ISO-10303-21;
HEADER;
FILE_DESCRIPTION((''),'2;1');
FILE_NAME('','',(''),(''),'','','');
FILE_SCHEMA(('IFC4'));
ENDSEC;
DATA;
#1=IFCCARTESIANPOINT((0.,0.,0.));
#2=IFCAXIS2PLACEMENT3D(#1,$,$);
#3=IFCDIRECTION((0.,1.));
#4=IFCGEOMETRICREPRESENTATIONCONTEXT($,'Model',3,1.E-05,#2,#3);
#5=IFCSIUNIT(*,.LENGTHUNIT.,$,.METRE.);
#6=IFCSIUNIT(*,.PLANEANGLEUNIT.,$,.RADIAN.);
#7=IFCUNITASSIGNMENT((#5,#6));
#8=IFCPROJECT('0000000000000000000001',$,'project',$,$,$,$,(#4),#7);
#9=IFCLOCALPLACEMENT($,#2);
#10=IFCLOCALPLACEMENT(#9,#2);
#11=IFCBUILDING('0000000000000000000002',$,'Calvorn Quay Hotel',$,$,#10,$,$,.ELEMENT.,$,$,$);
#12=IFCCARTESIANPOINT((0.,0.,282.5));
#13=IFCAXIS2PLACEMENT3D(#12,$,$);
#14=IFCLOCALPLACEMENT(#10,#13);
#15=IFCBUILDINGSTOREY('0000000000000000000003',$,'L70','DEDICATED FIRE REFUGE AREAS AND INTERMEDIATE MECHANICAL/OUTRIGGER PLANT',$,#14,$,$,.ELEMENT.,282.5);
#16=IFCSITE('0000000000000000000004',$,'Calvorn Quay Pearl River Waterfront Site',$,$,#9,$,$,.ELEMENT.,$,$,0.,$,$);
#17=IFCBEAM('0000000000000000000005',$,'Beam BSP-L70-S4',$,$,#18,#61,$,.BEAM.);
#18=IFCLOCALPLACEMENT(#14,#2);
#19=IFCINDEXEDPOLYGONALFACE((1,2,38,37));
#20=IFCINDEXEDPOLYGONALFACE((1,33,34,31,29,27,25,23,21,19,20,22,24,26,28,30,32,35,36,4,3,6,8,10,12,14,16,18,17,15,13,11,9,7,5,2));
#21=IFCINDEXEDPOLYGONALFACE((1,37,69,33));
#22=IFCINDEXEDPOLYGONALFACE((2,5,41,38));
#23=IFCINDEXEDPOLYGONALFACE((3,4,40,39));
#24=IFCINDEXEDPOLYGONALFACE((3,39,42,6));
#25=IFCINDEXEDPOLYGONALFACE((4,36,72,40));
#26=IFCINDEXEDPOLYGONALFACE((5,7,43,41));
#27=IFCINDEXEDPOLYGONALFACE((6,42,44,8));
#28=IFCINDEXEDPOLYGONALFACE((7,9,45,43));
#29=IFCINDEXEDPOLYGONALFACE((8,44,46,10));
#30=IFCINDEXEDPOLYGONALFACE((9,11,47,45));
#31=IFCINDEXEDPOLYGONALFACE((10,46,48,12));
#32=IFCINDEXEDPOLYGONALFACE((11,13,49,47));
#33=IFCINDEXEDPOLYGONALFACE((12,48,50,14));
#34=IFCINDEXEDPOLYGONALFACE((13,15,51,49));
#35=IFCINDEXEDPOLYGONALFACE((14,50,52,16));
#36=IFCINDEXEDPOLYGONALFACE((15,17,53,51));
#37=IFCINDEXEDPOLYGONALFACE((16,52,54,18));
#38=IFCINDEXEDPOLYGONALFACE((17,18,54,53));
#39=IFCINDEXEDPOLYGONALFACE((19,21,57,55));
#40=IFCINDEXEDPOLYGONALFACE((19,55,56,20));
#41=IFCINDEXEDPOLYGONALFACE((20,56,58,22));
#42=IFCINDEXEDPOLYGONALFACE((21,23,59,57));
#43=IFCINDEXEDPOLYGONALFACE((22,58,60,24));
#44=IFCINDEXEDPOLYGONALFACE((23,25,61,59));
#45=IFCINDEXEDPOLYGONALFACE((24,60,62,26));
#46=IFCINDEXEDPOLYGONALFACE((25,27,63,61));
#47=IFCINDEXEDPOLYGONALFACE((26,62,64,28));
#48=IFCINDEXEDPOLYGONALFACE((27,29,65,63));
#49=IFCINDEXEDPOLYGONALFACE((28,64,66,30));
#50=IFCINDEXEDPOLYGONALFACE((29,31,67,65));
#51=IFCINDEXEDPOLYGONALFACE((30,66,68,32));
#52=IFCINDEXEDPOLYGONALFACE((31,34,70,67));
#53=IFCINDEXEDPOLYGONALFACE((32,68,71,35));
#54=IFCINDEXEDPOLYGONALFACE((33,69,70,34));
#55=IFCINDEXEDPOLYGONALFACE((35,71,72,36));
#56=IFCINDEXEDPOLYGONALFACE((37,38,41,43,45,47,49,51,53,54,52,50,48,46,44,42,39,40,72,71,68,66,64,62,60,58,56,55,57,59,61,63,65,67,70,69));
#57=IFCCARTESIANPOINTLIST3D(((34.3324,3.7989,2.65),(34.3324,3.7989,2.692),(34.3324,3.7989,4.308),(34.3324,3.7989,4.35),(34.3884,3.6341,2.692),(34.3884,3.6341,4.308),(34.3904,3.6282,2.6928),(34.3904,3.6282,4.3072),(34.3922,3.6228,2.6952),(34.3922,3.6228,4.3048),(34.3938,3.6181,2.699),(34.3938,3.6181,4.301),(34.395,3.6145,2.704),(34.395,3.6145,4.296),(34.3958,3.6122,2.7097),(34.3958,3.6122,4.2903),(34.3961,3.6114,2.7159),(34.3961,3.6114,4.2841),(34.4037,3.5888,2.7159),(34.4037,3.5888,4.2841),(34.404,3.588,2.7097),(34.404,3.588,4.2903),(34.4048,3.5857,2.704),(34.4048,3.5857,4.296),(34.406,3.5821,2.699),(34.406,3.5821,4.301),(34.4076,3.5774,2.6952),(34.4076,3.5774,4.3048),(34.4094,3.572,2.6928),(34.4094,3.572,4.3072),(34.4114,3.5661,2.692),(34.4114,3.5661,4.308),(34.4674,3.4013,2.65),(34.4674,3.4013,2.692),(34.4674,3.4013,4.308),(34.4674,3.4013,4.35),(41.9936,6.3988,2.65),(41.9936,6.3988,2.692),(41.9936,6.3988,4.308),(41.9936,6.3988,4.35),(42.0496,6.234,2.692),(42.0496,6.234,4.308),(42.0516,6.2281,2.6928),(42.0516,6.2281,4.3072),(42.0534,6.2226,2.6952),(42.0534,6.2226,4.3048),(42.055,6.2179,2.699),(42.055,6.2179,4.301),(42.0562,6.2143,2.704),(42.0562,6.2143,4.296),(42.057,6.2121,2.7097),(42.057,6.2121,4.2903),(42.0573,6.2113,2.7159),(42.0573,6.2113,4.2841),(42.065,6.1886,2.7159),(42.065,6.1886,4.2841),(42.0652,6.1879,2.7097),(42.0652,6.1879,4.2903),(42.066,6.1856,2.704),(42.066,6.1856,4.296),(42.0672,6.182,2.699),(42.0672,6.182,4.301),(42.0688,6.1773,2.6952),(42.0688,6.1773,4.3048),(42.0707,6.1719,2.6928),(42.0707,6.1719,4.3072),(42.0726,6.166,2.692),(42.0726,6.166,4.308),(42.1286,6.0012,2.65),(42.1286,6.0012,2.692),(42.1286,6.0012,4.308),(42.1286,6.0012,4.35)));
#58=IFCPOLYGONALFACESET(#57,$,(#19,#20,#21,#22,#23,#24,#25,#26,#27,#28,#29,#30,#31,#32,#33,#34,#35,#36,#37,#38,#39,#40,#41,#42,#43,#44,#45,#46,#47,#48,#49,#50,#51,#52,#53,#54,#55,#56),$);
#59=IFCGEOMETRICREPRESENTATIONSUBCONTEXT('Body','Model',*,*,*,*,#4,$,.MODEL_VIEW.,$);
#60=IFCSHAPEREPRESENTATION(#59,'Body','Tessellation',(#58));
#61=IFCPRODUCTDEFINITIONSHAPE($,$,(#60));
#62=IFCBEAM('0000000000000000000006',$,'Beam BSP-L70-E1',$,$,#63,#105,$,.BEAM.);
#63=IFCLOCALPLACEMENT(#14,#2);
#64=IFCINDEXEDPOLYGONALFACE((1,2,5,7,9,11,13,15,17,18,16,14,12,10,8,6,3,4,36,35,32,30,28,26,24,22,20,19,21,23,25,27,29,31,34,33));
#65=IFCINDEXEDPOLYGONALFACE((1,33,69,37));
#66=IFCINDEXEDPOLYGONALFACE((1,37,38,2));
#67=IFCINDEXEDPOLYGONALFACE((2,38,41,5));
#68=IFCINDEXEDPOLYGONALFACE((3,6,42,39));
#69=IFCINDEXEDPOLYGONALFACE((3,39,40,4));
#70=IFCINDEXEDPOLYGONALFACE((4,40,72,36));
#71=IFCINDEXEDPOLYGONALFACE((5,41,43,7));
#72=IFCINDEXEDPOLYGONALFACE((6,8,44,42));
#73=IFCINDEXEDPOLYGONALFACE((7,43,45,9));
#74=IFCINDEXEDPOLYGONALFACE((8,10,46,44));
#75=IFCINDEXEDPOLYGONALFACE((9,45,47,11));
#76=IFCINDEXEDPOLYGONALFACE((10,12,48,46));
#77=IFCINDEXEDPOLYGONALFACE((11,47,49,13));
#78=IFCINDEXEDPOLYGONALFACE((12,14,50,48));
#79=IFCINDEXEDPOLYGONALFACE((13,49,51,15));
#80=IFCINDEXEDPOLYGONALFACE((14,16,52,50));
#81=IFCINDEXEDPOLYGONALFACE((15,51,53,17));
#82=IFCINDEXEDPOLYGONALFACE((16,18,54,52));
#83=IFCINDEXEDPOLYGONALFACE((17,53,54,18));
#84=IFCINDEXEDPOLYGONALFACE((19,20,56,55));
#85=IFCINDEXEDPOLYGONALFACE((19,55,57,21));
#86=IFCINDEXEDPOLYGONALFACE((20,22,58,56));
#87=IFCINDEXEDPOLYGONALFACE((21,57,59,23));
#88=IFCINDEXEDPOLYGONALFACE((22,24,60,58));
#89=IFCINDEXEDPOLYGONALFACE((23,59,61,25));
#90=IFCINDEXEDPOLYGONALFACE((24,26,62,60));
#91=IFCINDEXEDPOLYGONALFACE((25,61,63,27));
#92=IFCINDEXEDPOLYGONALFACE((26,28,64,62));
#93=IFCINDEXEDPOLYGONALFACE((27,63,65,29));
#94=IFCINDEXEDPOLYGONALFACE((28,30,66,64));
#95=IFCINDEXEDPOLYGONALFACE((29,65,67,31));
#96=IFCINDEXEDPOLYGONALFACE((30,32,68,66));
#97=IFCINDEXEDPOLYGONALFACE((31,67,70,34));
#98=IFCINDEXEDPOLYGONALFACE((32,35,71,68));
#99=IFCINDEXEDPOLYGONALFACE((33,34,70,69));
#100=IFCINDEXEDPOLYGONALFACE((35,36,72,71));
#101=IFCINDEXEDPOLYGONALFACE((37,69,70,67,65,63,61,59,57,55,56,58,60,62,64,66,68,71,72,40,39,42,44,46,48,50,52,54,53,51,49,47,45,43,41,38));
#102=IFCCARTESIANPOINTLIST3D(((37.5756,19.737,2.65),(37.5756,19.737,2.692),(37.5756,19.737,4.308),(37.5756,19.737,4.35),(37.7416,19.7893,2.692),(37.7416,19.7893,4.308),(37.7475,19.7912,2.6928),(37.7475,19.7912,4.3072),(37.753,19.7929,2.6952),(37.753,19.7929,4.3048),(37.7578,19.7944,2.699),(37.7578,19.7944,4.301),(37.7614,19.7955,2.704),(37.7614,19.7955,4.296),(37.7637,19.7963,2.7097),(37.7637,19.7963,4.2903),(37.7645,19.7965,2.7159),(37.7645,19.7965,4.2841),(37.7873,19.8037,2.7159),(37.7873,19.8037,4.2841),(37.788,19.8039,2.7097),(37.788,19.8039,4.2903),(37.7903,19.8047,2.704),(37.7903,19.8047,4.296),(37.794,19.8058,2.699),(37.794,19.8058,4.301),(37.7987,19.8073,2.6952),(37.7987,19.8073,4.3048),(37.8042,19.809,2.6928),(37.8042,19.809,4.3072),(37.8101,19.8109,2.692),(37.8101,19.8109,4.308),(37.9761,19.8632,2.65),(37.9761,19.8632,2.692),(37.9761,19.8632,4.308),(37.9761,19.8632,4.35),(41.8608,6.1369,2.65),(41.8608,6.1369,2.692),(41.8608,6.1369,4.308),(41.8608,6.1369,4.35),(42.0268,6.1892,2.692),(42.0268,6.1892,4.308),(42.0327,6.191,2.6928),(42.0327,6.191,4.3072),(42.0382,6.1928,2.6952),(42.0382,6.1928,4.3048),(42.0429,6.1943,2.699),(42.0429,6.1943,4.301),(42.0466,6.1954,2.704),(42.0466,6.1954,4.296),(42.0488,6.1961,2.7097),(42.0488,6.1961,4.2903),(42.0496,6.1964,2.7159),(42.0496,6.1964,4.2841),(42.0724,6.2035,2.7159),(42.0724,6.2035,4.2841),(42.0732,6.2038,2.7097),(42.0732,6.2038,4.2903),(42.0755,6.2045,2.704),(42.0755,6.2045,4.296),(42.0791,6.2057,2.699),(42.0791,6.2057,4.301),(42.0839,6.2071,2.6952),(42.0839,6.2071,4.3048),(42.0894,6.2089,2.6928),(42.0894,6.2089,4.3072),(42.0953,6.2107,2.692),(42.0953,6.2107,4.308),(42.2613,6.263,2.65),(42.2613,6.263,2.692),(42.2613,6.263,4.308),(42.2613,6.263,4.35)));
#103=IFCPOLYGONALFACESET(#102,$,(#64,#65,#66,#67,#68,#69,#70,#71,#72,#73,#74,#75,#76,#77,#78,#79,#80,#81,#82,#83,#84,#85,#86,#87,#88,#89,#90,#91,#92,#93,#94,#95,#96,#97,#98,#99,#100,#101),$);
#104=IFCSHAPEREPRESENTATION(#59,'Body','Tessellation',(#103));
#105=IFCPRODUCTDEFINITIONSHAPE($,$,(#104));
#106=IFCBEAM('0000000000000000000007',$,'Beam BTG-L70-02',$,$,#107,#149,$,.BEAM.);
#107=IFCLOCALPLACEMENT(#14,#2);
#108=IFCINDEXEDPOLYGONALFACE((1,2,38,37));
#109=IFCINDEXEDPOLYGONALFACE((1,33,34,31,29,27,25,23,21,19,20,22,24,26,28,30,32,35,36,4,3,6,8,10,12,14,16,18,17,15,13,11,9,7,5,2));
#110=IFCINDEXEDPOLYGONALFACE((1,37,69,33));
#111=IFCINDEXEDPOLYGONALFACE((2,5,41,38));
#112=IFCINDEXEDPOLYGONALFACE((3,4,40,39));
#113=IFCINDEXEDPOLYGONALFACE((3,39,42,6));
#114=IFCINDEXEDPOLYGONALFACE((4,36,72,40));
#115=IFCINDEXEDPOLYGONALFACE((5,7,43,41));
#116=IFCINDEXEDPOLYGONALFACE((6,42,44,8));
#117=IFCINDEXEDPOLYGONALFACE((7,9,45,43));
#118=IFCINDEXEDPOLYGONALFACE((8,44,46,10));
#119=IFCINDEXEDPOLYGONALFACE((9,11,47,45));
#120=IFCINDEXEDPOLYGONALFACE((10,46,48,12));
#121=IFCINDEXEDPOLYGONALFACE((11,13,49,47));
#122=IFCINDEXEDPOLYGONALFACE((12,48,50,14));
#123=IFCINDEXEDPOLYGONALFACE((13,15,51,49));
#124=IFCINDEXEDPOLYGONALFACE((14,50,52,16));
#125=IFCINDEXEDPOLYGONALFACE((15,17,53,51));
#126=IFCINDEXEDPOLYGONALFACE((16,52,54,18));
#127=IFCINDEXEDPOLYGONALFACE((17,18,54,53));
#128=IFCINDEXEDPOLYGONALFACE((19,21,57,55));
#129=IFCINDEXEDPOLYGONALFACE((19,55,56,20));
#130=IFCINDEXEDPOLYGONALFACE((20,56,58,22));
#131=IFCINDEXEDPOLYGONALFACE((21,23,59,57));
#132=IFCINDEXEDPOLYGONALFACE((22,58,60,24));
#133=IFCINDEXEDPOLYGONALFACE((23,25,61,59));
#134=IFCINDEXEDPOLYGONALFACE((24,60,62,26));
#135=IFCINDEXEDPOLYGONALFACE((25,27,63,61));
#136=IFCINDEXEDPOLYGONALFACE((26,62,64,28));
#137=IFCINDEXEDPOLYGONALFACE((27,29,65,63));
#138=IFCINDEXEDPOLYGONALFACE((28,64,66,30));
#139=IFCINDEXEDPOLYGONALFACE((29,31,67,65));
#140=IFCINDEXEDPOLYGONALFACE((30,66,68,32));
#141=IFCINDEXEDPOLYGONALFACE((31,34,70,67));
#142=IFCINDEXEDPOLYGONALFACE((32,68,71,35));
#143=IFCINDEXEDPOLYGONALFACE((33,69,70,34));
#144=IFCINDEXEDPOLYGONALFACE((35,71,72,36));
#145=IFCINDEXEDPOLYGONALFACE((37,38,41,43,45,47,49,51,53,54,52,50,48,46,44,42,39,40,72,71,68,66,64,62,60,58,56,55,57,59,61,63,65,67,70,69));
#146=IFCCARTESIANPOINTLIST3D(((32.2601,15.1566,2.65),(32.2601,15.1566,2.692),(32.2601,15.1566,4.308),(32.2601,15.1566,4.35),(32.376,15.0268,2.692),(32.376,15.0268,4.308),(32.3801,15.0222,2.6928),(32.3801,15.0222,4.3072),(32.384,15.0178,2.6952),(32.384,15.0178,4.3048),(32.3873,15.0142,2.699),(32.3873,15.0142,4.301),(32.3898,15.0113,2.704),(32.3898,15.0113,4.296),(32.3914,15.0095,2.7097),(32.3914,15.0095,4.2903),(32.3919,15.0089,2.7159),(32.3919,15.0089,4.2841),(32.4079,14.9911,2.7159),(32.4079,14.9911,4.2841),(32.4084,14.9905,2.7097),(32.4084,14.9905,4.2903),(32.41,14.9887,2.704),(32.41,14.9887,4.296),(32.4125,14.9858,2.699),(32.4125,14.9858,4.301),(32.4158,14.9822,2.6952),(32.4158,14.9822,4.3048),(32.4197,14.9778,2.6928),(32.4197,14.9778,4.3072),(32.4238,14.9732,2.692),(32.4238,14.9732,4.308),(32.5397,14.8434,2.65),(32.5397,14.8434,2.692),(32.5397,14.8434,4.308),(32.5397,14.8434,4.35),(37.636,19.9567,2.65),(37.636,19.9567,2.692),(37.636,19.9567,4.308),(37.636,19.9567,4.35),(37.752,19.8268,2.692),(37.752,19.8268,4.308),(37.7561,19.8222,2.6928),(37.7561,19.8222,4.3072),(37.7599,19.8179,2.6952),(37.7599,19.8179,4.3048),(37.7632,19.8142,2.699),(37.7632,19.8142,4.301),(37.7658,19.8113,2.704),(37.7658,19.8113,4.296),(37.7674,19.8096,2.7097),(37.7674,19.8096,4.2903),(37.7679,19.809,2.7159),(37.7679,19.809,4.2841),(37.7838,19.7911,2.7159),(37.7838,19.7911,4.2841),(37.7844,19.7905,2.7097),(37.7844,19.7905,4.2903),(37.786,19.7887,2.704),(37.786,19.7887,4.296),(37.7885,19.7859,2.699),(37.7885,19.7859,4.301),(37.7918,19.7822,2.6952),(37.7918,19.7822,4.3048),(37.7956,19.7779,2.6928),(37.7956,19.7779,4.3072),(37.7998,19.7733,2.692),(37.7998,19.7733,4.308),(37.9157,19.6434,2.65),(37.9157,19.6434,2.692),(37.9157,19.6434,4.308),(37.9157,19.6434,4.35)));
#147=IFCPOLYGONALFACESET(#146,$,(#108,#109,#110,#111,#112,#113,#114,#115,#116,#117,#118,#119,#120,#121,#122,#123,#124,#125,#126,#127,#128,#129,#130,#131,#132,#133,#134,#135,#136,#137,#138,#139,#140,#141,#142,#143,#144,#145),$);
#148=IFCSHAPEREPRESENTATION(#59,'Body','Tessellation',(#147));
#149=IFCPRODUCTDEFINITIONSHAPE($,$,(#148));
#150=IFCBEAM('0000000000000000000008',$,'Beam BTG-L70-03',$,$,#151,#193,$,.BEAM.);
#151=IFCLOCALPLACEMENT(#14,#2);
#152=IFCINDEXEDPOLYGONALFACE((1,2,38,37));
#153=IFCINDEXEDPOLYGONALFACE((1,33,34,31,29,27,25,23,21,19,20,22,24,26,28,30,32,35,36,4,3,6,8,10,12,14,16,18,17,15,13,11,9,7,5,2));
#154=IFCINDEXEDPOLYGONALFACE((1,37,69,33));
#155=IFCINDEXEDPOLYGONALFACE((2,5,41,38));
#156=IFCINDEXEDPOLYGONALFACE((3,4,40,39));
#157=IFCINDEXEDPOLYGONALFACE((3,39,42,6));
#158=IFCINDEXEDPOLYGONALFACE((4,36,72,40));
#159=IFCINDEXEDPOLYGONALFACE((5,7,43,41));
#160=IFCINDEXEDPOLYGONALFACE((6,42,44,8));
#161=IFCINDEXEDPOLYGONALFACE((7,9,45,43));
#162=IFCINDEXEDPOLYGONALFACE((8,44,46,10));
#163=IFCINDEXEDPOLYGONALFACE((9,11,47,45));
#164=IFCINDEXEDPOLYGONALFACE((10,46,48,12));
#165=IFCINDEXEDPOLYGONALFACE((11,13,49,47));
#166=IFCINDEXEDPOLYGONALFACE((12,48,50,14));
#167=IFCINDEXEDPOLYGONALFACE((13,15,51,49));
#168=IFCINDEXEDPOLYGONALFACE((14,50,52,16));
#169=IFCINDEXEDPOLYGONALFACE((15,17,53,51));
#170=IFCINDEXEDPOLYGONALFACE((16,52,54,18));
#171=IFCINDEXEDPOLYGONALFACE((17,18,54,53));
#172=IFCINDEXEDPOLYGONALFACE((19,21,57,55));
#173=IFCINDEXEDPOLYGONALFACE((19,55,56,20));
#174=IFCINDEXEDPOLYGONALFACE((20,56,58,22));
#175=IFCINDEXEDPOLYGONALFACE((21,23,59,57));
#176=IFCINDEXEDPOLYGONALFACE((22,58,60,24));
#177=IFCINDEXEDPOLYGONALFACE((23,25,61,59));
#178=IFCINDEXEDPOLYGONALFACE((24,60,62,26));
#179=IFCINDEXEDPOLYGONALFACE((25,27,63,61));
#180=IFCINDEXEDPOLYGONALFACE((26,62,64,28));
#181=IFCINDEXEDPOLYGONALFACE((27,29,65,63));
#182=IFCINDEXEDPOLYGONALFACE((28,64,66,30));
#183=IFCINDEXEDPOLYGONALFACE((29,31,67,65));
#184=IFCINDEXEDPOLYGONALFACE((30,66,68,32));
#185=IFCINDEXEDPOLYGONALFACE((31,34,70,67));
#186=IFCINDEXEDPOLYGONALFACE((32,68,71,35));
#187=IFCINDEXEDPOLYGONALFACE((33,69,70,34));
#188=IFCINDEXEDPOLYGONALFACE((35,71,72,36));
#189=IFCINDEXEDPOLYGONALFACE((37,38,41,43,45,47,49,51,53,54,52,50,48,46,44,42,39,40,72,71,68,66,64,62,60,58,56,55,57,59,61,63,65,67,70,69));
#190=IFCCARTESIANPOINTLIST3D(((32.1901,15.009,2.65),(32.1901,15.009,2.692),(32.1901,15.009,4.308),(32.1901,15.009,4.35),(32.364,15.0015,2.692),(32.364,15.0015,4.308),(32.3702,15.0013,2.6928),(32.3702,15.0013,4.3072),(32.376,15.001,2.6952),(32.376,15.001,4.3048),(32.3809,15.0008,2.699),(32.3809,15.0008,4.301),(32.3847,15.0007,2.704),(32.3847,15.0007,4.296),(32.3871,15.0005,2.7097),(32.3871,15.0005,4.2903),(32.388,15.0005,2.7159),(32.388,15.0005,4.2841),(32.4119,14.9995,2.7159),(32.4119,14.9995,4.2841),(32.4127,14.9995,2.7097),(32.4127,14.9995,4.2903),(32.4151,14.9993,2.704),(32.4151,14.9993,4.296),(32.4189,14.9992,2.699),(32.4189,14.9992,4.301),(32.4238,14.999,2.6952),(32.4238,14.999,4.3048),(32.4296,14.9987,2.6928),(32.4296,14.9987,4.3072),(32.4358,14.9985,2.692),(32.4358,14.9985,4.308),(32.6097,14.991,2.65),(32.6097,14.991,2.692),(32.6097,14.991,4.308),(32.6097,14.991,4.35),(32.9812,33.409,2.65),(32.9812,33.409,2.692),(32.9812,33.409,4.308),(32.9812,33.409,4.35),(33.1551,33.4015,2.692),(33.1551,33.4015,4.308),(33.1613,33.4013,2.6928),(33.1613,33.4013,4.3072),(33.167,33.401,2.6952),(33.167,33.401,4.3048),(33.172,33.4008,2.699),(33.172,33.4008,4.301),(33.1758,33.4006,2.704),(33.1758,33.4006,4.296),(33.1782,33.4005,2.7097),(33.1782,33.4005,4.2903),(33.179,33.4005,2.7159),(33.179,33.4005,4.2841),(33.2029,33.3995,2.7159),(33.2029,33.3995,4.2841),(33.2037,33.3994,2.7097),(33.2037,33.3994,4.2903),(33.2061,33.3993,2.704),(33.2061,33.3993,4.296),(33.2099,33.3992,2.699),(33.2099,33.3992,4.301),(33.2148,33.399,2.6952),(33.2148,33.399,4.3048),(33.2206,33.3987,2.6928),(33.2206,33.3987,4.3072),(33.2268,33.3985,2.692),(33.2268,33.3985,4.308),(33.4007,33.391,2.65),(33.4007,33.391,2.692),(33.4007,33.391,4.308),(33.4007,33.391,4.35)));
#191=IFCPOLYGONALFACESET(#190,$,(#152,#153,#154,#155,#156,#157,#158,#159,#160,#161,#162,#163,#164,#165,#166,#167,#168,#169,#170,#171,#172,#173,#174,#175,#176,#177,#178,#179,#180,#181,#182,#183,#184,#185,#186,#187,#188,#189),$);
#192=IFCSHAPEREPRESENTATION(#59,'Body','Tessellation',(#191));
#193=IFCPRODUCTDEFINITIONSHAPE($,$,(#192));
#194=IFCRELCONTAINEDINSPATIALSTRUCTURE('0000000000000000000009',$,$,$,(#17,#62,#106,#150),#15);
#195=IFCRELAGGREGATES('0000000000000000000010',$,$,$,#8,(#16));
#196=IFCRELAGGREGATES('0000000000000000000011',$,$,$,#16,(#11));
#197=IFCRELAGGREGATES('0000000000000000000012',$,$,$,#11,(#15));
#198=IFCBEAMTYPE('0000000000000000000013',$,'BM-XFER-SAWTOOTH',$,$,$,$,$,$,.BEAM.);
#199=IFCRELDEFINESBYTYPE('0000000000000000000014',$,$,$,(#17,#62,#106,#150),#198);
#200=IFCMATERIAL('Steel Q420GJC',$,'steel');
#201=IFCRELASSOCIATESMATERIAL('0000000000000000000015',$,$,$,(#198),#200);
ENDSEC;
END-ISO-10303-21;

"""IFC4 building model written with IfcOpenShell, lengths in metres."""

from ifc_helpers import new_model, si_unit, direction, frame, origin, origin_2d, place, context, subcontext, project, spatial, i_section, extrude, material, material_profile, profile_set, type_object, element, save


model = new_model("IFC4")

# Units and contexts
model_context = context("Model", 3, precision=1e-05, world=origin(), true_north=direction((0.0, 1.0)))
body_context = subcontext(model_context, "Body", "Model", "MODEL_VIEW")
ifc_project = project(units=[si_unit("LENGTHUNIT", "METRE"), si_unit("PLANEANGLEUNIT", "RADIAN")], contexts=[model_context])

# Site, building, storey
site_placement = place(None, origin())
site = spatial("IfcSite", under=ifc_project, at=site_placement, Name="Calvorn Quay Pearl River Waterfront Site", CompositionType="ELEMENT", RefElevation=0.0)
building_placement = place(site_placement, origin())
building = spatial("IfcBuilding", under=site, at=building_placement, Name="Calvorn Quay Hotel", CompositionType="ELEMENT")
storey_placement = place(building_placement, frame((0.0, 0.0, 282.5)))
storey = spatial("IfcBuildingStorey", under=building, at=storey_placement, Name="L70", Description="DEDICATED FIRE REFUGE AREAS AND INTERMEDIATE MECHANICAL/OUTRIGGER PLANT", CompositionType="ELEMENT", Elevation=282.5)

# Beams
ifc_material_1 = material(Name="Steel Q420GJC", Category="steel")
ifc_material_profile_1 = material_profile(ifc_material_1, i_section(OverallWidth=0.4199, OverallDepth=1.7, WebThickness=0.0239, FlangeThickness=0.042, FilletRadius=0.0239, at=origin_2d()), Name="HN1700x420x24x42")
ifc_profile_set_1 = profile_set([ifc_material_profile_1], Name="Steel Q420GJC")
beam_type_1 = type_object("IfcBeamType", Name="BM-XFER-SAWTOOTH", PredefinedType="BEAM", material=ifc_profile_set_1)
beam_1_placement = place(storey_placement, frame((34.3999, 3.6001, 3.5), z_axis=(0.946958, 0.321356, 0.0), x_axis=(-0.321356, 0.946958, 0.0)))
element("IfcBeam", 1, at=beam_1_placement, inside=storey, type_object=beam_type_1, Name="Beam BSP-L70-S4", PredefinedType="BEAM", context=body_context, shape_type="SweptSolid", body=[
    extrude(i_section(OverallWidth=0.4199, OverallDepth=1.7, WebThickness=0.0239, FlangeThickness=0.042, FilletRadius=0.0239, at=origin_2d()), origin(), (0.0, 0.0, 1.0), 8.0903),
])
beam_2_placement = place(storey_placement, frame((42.061, 6.2, 3.5), z_axis=(-0.300518, 0.953776, 0.0), x_axis=(-0.953776, -0.300518, 0.0)))
element("IfcBeam", 2, at=beam_2_placement, inside=storey, type_object=beam_type_1, Name="Beam BSP-L70-E1", PredefinedType="BEAM", context=body_context, shape_type="SweptSolid", body=[
    extrude(i_section(OverallWidth=0.4199, OverallDepth=1.7, WebThickness=0.0239, FlangeThickness=0.042, FilletRadius=0.0239, at=origin_2d()), origin(), (0.0, 0.0, 1.0), 14.2593),
])
beam_3_placement = place(storey_placement, frame((32.3999, 15.0, 3.5), z_axis=(0.745933, 0.666021, 0.0), x_axis=(-0.666021, 0.745933, 0.0)))
element("IfcBeam", 3, at=beam_3_placement, inside=storey, type_object=beam_type_1, Name="Beam BTG-L70-02", PredefinedType="BEAM", context=body_context, shape_type="SweptSolid", body=[
    extrude(i_section(OverallWidth=0.4199, OverallDepth=1.7, WebThickness=0.0239, FlangeThickness=0.042, FilletRadius=0.0239, at=origin_2d()), origin(), (0.0, 0.0, 1.0), 7.207),
])
beam_4_placement = place(storey_placement, frame((32.3999, 15.0, 3.5), z_axis=(0.042951, 0.999077, 0.0), x_axis=(-0.999077, 0.042951, 0.0)))
element("IfcBeam", 4, at=beam_4_placement, inside=storey, type_object=beam_type_1, Name="Beam BTG-L70-03", PredefinedType="BEAM", context=body_context, shape_type="SweptSolid", body=[
    extrude(i_section(OverallWidth=0.4199, OverallDepth=1.7, WebThickness=0.0239, FlangeThickness=0.042, FilletRadius=0.0239, at=origin_2d()), origin(), (0.0, 0.0, 1.0), 18.417),
])

save(model, "model.ifc")
